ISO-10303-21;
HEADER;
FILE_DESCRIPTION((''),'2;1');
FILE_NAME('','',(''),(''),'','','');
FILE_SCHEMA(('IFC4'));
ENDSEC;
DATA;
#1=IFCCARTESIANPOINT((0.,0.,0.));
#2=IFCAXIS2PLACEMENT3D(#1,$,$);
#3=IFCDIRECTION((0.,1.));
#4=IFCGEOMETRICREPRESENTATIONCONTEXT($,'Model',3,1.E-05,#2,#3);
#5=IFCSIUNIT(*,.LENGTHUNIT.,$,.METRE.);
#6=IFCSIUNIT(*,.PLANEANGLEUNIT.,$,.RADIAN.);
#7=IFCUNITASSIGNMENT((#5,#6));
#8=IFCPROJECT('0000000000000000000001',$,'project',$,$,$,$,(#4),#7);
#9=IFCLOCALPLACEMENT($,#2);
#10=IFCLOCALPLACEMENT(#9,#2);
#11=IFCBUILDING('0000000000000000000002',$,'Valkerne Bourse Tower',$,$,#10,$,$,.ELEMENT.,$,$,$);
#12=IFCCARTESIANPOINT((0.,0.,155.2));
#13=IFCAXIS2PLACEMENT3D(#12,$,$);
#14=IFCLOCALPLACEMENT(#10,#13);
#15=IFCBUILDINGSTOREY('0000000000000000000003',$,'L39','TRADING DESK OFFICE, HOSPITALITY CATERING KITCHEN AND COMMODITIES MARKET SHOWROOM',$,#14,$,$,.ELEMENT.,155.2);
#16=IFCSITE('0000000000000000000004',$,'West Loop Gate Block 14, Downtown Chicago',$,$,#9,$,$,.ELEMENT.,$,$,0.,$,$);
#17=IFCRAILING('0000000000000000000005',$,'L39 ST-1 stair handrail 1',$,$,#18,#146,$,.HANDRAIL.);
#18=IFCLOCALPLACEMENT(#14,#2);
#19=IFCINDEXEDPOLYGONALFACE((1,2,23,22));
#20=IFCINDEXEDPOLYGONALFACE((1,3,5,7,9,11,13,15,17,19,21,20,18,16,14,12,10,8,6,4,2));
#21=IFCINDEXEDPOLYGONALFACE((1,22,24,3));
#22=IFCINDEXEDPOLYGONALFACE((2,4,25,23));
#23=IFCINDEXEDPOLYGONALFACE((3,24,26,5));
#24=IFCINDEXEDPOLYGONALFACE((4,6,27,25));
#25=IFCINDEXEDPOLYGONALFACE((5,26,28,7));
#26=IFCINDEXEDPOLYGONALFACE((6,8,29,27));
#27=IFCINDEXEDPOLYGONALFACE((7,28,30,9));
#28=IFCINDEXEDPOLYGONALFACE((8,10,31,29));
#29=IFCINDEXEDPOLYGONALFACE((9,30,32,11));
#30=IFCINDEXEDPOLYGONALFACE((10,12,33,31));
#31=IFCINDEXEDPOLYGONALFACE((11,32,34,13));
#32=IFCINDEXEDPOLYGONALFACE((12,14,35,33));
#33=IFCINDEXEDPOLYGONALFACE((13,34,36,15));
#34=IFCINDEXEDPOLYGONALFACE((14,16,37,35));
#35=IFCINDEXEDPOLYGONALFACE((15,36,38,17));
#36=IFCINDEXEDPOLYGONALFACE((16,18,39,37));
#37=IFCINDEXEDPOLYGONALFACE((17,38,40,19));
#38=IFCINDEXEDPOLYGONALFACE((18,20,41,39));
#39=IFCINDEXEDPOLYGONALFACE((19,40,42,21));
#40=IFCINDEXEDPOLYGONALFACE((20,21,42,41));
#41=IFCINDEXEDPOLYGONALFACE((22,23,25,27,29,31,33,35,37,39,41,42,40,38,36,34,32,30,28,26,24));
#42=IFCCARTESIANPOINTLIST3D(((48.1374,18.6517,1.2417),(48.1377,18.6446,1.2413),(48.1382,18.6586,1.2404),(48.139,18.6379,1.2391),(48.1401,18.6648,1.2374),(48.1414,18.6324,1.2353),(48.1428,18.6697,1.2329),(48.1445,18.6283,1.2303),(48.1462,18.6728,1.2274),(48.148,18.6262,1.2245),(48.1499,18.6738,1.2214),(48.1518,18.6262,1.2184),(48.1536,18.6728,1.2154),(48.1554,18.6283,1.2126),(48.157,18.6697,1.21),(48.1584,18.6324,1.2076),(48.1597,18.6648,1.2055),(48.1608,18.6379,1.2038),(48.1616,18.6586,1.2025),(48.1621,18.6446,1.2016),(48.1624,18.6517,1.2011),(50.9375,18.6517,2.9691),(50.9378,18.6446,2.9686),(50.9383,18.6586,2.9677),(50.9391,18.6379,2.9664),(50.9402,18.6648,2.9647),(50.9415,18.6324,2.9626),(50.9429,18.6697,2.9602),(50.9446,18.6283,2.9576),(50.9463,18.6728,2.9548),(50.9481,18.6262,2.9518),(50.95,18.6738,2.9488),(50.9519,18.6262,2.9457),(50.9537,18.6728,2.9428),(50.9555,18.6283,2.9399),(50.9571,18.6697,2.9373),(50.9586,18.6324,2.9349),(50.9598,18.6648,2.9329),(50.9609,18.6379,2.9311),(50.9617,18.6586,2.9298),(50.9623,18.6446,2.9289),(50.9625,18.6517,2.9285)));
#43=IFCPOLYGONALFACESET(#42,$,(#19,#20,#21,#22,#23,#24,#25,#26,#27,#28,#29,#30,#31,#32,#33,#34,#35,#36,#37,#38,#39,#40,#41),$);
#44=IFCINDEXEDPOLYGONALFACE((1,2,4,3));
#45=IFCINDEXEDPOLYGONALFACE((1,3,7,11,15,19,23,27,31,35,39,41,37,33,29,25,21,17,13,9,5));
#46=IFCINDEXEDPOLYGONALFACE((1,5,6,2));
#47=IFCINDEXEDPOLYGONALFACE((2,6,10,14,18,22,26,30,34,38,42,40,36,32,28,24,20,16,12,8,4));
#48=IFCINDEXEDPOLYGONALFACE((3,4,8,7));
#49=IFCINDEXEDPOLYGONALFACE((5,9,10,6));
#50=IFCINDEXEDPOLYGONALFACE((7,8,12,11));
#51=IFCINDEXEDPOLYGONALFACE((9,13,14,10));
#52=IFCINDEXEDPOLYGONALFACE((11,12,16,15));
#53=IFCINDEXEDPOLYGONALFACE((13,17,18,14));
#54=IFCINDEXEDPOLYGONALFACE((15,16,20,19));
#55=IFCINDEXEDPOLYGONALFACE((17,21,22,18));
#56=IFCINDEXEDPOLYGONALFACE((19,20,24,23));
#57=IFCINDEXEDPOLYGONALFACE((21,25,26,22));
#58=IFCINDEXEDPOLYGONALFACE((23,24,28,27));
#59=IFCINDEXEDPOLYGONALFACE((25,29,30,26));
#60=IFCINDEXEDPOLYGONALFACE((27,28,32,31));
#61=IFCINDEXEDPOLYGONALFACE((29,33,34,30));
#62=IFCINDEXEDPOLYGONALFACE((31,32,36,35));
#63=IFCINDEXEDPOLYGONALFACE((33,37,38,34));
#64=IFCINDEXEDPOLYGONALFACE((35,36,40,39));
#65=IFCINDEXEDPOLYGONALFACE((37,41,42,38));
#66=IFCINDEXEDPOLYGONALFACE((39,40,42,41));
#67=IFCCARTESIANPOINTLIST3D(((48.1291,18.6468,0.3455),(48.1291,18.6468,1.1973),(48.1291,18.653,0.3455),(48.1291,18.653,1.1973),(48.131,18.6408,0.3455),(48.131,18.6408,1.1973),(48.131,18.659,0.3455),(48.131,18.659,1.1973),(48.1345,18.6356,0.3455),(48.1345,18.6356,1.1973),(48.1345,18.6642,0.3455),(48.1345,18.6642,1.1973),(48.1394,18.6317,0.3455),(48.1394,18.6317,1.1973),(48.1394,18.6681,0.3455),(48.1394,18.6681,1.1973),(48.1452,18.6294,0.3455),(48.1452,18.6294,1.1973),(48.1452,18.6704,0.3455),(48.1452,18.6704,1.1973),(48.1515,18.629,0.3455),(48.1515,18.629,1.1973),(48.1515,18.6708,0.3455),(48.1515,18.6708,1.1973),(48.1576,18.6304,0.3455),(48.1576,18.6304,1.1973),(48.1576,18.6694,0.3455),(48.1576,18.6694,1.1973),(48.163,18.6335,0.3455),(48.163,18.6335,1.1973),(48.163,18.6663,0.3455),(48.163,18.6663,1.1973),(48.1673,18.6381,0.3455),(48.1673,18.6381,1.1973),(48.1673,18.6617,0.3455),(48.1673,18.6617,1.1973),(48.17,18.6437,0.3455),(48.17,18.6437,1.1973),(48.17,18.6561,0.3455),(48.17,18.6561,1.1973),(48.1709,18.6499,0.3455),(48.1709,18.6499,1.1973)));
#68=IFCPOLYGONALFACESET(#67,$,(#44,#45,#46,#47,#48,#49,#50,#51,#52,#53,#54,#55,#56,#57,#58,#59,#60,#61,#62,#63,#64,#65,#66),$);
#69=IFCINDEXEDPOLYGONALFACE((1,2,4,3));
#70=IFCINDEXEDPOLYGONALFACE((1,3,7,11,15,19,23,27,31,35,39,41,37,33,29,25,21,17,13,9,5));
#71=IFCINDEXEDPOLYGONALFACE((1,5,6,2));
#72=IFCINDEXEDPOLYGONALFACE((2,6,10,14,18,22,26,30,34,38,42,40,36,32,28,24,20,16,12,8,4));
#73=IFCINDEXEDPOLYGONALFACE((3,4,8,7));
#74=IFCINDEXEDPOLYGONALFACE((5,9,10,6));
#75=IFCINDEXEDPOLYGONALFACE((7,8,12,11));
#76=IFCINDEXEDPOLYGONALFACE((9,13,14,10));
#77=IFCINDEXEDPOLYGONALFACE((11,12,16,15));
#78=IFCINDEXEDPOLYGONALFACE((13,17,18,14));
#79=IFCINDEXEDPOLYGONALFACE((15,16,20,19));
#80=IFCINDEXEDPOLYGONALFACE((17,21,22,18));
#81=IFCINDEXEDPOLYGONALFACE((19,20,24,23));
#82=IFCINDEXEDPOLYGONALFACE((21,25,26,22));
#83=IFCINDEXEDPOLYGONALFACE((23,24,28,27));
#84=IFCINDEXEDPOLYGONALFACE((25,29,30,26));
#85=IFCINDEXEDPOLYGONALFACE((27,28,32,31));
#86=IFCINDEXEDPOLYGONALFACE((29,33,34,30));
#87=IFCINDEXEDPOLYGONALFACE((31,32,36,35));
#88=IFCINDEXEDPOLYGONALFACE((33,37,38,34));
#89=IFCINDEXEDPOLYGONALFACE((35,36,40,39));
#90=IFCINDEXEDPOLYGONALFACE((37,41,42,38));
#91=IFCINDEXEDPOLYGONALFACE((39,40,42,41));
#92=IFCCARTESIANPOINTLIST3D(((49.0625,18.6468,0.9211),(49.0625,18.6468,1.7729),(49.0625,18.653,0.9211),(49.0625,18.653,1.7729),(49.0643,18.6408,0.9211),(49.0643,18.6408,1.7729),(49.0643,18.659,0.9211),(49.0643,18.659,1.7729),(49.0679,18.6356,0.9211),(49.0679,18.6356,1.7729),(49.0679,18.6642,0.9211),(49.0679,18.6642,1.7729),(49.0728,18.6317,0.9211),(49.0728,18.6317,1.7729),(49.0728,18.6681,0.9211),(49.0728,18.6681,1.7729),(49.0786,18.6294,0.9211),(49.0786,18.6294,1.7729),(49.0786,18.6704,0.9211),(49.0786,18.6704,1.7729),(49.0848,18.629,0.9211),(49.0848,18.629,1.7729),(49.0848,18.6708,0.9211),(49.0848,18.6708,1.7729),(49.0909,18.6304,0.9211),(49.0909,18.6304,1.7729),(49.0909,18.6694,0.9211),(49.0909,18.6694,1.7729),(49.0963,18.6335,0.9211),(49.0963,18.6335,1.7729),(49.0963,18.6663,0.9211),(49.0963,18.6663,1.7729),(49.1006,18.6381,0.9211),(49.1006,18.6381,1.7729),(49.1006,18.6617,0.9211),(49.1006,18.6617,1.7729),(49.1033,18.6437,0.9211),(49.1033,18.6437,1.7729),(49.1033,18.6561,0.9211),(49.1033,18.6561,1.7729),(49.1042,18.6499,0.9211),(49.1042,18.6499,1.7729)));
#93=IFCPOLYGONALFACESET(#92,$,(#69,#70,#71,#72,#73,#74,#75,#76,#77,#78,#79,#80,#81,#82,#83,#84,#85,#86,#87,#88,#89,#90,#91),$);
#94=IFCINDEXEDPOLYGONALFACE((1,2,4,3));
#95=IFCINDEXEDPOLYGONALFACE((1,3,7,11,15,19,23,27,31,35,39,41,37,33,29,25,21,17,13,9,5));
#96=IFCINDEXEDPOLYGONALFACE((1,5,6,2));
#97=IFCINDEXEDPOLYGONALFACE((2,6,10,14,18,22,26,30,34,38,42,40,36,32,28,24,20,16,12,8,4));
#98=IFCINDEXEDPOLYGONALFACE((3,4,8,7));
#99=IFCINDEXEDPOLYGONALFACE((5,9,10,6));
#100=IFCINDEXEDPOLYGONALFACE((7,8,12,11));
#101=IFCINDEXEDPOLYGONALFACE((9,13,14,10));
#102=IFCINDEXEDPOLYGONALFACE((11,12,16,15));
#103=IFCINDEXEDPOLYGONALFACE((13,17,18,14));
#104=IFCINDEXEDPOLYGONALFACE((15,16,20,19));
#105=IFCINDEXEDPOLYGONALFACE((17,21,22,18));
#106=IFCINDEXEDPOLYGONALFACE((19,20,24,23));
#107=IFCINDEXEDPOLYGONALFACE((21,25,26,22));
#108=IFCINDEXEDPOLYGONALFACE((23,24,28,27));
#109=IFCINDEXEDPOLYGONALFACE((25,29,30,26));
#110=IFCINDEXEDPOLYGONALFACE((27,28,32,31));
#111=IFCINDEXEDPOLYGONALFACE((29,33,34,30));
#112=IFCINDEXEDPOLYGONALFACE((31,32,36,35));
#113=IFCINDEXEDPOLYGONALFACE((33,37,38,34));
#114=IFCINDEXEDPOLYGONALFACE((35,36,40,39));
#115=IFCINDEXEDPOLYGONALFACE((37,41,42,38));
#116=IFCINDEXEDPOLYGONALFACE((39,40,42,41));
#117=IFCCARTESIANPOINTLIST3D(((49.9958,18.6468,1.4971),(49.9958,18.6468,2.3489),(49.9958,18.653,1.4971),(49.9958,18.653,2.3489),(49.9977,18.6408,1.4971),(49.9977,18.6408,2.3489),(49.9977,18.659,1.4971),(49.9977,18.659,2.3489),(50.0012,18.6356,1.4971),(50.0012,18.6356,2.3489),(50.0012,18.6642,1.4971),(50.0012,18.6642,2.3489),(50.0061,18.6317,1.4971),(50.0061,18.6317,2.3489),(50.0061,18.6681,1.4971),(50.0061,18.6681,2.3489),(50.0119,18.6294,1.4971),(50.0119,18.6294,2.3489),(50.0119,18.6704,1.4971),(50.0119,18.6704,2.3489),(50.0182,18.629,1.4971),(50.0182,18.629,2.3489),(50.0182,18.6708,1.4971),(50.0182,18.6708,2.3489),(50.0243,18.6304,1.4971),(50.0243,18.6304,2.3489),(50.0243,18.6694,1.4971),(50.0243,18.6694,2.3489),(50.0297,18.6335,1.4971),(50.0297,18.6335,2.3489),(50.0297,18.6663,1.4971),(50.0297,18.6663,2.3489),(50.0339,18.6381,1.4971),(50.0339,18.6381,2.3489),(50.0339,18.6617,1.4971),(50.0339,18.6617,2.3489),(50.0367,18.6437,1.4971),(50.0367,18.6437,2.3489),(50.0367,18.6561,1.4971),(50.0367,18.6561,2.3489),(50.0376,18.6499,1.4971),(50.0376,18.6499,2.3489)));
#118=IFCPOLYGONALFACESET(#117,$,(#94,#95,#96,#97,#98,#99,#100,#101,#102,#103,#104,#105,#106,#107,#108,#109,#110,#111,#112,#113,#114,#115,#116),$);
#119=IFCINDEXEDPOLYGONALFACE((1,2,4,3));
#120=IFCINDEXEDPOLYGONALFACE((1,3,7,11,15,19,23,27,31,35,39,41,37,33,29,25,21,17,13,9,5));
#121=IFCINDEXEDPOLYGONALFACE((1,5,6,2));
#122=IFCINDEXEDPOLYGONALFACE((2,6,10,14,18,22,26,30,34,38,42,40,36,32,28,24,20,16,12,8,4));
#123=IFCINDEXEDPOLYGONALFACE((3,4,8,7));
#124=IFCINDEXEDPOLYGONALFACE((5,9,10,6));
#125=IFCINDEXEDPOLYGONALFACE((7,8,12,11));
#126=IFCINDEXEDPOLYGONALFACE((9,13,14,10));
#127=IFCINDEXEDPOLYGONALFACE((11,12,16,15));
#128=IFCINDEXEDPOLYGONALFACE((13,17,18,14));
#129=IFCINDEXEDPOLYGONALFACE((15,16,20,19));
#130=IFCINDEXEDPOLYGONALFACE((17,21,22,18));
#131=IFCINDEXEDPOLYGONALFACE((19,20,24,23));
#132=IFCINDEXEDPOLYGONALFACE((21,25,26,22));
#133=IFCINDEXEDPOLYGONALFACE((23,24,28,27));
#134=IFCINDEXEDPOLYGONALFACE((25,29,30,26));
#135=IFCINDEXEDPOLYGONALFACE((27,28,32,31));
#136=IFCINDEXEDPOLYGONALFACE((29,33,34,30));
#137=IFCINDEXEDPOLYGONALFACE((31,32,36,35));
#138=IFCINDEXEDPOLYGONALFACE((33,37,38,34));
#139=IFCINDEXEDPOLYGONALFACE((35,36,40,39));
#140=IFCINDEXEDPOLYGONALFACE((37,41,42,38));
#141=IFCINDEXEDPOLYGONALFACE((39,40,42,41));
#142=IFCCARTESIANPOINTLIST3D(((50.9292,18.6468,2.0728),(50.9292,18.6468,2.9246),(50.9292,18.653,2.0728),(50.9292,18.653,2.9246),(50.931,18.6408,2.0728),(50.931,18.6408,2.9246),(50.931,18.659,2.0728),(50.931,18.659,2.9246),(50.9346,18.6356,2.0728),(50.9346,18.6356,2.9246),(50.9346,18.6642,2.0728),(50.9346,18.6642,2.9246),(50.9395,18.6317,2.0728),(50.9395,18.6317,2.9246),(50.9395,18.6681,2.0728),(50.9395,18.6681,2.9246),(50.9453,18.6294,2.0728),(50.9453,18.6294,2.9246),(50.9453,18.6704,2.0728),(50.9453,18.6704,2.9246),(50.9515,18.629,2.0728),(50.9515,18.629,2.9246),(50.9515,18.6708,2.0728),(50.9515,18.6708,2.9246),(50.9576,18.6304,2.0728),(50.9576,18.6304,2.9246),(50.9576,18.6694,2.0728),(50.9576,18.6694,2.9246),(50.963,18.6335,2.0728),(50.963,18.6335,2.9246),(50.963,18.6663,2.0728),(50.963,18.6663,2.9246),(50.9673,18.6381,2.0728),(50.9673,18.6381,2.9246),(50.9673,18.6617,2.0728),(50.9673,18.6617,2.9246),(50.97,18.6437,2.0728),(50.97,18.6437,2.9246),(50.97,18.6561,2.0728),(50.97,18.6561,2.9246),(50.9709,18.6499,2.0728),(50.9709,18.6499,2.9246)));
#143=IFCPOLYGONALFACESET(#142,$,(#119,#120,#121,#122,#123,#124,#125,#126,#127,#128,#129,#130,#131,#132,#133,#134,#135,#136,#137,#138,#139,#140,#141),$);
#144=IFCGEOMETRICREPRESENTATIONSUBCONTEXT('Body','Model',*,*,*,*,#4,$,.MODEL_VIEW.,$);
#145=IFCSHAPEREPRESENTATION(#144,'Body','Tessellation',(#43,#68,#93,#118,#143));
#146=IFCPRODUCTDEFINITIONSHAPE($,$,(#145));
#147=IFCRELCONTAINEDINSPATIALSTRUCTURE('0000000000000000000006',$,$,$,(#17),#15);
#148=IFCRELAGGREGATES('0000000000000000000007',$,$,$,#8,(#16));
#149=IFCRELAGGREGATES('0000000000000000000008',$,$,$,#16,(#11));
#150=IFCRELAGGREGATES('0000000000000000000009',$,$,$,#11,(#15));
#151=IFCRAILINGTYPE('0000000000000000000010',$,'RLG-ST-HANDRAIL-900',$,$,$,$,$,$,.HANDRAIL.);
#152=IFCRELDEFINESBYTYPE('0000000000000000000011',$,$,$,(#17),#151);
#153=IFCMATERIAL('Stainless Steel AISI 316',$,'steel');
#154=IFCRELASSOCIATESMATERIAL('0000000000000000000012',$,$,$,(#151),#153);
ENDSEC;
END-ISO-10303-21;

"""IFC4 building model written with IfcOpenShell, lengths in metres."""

from ifc_helpers import new_model, si_unit, direction, frame, origin, origin_2d, place, context, subcontext, project, spatial, circle, extrude, material, type_object, element, save


model = new_model("IFC4")

# Units and contexts
model_context = context("Model", 3, precision=1e-05, world=origin(), true_north=direction((0.0, 1.0)))
body_context = subcontext(model_context, "Body", "Model", "MODEL_VIEW")
ifc_project = project(units=[si_unit("LENGTHUNIT", "METRE"), si_unit("PLANEANGLEUNIT", "RADIAN")], contexts=[model_context])

# Site, building, storey
site_placement = place(None, origin())
site = spatial("IfcSite", under=ifc_project, at=site_placement, Name="West Loop Gate Block 14, Downtown Chicago", CompositionType="ELEMENT", RefElevation=0.0)
building_placement = place(site_placement, origin())
building = spatial("IfcBuilding", under=site, at=building_placement, Name="Valkerne Bourse Tower", CompositionType="ELEMENT")
storey_placement = place(building_placement, frame((0.0, 0.0, 155.2)))
storey = spatial("IfcBuildingStorey", under=building, at=storey_placement, Name="L39", Description="TRADING DESK OFFICE, HOSPITALITY CATERING KITCHEN AND COMMODITIES MARKET SHOWROOM", CompositionType="ELEMENT", Elevation=155.2)

# Shared definitions
ifc_material_1 = material(Name="Stainless Steel AISI 316", Category="steel")

# Railing
railing_type_1 = type_object("IfcRailingType", Name="RLG-ST-HANDRAIL-900", PredefinedType="HANDRAIL", material=ifc_material_1)
railing_1_placement = place(storey_placement, frame((48.1499, 18.6499, 0.3455)))
element("IfcRailing", 1, at=railing_1_placement, inside=storey, type_object=railing_type_1, Name="L39 ST-1 stair handrail 1", PredefinedType="HANDRAIL", context=body_context, shape_type="SweptSolid", body=[
    extrude(circle(Radius=0.0239, at=origin_2d()), frame((0.0, 0.0, 0.876), z_axis=(0.85109, 0.0, 0.52502), x_axis=(0.0, 1.0, 0.0)), (0.0, 0.0, 1.0), 3.29),
    extrude(circle(Radius=0.021, at=origin_2d()), origin(), (0.0, 0.0, 1.0), 0.8518),
    extrude(circle(Radius=0.021, at=origin_2d()), frame((0.9333, 0.0, 0.5757)), (0.0, 0.0, 1.0), 0.8518),
    extrude(circle(Radius=0.021, at=origin_2d()), frame((1.8667, 0.0, 1.1516)), (0.0, 0.0, 1.0), 0.8518),
    extrude(circle(Radius=0.021, at=origin_2d()), frame((2.8, 0.0, 1.7273)), (0.0, 0.0, 1.0), 0.8518),
])

save(model, "model.ifc")
